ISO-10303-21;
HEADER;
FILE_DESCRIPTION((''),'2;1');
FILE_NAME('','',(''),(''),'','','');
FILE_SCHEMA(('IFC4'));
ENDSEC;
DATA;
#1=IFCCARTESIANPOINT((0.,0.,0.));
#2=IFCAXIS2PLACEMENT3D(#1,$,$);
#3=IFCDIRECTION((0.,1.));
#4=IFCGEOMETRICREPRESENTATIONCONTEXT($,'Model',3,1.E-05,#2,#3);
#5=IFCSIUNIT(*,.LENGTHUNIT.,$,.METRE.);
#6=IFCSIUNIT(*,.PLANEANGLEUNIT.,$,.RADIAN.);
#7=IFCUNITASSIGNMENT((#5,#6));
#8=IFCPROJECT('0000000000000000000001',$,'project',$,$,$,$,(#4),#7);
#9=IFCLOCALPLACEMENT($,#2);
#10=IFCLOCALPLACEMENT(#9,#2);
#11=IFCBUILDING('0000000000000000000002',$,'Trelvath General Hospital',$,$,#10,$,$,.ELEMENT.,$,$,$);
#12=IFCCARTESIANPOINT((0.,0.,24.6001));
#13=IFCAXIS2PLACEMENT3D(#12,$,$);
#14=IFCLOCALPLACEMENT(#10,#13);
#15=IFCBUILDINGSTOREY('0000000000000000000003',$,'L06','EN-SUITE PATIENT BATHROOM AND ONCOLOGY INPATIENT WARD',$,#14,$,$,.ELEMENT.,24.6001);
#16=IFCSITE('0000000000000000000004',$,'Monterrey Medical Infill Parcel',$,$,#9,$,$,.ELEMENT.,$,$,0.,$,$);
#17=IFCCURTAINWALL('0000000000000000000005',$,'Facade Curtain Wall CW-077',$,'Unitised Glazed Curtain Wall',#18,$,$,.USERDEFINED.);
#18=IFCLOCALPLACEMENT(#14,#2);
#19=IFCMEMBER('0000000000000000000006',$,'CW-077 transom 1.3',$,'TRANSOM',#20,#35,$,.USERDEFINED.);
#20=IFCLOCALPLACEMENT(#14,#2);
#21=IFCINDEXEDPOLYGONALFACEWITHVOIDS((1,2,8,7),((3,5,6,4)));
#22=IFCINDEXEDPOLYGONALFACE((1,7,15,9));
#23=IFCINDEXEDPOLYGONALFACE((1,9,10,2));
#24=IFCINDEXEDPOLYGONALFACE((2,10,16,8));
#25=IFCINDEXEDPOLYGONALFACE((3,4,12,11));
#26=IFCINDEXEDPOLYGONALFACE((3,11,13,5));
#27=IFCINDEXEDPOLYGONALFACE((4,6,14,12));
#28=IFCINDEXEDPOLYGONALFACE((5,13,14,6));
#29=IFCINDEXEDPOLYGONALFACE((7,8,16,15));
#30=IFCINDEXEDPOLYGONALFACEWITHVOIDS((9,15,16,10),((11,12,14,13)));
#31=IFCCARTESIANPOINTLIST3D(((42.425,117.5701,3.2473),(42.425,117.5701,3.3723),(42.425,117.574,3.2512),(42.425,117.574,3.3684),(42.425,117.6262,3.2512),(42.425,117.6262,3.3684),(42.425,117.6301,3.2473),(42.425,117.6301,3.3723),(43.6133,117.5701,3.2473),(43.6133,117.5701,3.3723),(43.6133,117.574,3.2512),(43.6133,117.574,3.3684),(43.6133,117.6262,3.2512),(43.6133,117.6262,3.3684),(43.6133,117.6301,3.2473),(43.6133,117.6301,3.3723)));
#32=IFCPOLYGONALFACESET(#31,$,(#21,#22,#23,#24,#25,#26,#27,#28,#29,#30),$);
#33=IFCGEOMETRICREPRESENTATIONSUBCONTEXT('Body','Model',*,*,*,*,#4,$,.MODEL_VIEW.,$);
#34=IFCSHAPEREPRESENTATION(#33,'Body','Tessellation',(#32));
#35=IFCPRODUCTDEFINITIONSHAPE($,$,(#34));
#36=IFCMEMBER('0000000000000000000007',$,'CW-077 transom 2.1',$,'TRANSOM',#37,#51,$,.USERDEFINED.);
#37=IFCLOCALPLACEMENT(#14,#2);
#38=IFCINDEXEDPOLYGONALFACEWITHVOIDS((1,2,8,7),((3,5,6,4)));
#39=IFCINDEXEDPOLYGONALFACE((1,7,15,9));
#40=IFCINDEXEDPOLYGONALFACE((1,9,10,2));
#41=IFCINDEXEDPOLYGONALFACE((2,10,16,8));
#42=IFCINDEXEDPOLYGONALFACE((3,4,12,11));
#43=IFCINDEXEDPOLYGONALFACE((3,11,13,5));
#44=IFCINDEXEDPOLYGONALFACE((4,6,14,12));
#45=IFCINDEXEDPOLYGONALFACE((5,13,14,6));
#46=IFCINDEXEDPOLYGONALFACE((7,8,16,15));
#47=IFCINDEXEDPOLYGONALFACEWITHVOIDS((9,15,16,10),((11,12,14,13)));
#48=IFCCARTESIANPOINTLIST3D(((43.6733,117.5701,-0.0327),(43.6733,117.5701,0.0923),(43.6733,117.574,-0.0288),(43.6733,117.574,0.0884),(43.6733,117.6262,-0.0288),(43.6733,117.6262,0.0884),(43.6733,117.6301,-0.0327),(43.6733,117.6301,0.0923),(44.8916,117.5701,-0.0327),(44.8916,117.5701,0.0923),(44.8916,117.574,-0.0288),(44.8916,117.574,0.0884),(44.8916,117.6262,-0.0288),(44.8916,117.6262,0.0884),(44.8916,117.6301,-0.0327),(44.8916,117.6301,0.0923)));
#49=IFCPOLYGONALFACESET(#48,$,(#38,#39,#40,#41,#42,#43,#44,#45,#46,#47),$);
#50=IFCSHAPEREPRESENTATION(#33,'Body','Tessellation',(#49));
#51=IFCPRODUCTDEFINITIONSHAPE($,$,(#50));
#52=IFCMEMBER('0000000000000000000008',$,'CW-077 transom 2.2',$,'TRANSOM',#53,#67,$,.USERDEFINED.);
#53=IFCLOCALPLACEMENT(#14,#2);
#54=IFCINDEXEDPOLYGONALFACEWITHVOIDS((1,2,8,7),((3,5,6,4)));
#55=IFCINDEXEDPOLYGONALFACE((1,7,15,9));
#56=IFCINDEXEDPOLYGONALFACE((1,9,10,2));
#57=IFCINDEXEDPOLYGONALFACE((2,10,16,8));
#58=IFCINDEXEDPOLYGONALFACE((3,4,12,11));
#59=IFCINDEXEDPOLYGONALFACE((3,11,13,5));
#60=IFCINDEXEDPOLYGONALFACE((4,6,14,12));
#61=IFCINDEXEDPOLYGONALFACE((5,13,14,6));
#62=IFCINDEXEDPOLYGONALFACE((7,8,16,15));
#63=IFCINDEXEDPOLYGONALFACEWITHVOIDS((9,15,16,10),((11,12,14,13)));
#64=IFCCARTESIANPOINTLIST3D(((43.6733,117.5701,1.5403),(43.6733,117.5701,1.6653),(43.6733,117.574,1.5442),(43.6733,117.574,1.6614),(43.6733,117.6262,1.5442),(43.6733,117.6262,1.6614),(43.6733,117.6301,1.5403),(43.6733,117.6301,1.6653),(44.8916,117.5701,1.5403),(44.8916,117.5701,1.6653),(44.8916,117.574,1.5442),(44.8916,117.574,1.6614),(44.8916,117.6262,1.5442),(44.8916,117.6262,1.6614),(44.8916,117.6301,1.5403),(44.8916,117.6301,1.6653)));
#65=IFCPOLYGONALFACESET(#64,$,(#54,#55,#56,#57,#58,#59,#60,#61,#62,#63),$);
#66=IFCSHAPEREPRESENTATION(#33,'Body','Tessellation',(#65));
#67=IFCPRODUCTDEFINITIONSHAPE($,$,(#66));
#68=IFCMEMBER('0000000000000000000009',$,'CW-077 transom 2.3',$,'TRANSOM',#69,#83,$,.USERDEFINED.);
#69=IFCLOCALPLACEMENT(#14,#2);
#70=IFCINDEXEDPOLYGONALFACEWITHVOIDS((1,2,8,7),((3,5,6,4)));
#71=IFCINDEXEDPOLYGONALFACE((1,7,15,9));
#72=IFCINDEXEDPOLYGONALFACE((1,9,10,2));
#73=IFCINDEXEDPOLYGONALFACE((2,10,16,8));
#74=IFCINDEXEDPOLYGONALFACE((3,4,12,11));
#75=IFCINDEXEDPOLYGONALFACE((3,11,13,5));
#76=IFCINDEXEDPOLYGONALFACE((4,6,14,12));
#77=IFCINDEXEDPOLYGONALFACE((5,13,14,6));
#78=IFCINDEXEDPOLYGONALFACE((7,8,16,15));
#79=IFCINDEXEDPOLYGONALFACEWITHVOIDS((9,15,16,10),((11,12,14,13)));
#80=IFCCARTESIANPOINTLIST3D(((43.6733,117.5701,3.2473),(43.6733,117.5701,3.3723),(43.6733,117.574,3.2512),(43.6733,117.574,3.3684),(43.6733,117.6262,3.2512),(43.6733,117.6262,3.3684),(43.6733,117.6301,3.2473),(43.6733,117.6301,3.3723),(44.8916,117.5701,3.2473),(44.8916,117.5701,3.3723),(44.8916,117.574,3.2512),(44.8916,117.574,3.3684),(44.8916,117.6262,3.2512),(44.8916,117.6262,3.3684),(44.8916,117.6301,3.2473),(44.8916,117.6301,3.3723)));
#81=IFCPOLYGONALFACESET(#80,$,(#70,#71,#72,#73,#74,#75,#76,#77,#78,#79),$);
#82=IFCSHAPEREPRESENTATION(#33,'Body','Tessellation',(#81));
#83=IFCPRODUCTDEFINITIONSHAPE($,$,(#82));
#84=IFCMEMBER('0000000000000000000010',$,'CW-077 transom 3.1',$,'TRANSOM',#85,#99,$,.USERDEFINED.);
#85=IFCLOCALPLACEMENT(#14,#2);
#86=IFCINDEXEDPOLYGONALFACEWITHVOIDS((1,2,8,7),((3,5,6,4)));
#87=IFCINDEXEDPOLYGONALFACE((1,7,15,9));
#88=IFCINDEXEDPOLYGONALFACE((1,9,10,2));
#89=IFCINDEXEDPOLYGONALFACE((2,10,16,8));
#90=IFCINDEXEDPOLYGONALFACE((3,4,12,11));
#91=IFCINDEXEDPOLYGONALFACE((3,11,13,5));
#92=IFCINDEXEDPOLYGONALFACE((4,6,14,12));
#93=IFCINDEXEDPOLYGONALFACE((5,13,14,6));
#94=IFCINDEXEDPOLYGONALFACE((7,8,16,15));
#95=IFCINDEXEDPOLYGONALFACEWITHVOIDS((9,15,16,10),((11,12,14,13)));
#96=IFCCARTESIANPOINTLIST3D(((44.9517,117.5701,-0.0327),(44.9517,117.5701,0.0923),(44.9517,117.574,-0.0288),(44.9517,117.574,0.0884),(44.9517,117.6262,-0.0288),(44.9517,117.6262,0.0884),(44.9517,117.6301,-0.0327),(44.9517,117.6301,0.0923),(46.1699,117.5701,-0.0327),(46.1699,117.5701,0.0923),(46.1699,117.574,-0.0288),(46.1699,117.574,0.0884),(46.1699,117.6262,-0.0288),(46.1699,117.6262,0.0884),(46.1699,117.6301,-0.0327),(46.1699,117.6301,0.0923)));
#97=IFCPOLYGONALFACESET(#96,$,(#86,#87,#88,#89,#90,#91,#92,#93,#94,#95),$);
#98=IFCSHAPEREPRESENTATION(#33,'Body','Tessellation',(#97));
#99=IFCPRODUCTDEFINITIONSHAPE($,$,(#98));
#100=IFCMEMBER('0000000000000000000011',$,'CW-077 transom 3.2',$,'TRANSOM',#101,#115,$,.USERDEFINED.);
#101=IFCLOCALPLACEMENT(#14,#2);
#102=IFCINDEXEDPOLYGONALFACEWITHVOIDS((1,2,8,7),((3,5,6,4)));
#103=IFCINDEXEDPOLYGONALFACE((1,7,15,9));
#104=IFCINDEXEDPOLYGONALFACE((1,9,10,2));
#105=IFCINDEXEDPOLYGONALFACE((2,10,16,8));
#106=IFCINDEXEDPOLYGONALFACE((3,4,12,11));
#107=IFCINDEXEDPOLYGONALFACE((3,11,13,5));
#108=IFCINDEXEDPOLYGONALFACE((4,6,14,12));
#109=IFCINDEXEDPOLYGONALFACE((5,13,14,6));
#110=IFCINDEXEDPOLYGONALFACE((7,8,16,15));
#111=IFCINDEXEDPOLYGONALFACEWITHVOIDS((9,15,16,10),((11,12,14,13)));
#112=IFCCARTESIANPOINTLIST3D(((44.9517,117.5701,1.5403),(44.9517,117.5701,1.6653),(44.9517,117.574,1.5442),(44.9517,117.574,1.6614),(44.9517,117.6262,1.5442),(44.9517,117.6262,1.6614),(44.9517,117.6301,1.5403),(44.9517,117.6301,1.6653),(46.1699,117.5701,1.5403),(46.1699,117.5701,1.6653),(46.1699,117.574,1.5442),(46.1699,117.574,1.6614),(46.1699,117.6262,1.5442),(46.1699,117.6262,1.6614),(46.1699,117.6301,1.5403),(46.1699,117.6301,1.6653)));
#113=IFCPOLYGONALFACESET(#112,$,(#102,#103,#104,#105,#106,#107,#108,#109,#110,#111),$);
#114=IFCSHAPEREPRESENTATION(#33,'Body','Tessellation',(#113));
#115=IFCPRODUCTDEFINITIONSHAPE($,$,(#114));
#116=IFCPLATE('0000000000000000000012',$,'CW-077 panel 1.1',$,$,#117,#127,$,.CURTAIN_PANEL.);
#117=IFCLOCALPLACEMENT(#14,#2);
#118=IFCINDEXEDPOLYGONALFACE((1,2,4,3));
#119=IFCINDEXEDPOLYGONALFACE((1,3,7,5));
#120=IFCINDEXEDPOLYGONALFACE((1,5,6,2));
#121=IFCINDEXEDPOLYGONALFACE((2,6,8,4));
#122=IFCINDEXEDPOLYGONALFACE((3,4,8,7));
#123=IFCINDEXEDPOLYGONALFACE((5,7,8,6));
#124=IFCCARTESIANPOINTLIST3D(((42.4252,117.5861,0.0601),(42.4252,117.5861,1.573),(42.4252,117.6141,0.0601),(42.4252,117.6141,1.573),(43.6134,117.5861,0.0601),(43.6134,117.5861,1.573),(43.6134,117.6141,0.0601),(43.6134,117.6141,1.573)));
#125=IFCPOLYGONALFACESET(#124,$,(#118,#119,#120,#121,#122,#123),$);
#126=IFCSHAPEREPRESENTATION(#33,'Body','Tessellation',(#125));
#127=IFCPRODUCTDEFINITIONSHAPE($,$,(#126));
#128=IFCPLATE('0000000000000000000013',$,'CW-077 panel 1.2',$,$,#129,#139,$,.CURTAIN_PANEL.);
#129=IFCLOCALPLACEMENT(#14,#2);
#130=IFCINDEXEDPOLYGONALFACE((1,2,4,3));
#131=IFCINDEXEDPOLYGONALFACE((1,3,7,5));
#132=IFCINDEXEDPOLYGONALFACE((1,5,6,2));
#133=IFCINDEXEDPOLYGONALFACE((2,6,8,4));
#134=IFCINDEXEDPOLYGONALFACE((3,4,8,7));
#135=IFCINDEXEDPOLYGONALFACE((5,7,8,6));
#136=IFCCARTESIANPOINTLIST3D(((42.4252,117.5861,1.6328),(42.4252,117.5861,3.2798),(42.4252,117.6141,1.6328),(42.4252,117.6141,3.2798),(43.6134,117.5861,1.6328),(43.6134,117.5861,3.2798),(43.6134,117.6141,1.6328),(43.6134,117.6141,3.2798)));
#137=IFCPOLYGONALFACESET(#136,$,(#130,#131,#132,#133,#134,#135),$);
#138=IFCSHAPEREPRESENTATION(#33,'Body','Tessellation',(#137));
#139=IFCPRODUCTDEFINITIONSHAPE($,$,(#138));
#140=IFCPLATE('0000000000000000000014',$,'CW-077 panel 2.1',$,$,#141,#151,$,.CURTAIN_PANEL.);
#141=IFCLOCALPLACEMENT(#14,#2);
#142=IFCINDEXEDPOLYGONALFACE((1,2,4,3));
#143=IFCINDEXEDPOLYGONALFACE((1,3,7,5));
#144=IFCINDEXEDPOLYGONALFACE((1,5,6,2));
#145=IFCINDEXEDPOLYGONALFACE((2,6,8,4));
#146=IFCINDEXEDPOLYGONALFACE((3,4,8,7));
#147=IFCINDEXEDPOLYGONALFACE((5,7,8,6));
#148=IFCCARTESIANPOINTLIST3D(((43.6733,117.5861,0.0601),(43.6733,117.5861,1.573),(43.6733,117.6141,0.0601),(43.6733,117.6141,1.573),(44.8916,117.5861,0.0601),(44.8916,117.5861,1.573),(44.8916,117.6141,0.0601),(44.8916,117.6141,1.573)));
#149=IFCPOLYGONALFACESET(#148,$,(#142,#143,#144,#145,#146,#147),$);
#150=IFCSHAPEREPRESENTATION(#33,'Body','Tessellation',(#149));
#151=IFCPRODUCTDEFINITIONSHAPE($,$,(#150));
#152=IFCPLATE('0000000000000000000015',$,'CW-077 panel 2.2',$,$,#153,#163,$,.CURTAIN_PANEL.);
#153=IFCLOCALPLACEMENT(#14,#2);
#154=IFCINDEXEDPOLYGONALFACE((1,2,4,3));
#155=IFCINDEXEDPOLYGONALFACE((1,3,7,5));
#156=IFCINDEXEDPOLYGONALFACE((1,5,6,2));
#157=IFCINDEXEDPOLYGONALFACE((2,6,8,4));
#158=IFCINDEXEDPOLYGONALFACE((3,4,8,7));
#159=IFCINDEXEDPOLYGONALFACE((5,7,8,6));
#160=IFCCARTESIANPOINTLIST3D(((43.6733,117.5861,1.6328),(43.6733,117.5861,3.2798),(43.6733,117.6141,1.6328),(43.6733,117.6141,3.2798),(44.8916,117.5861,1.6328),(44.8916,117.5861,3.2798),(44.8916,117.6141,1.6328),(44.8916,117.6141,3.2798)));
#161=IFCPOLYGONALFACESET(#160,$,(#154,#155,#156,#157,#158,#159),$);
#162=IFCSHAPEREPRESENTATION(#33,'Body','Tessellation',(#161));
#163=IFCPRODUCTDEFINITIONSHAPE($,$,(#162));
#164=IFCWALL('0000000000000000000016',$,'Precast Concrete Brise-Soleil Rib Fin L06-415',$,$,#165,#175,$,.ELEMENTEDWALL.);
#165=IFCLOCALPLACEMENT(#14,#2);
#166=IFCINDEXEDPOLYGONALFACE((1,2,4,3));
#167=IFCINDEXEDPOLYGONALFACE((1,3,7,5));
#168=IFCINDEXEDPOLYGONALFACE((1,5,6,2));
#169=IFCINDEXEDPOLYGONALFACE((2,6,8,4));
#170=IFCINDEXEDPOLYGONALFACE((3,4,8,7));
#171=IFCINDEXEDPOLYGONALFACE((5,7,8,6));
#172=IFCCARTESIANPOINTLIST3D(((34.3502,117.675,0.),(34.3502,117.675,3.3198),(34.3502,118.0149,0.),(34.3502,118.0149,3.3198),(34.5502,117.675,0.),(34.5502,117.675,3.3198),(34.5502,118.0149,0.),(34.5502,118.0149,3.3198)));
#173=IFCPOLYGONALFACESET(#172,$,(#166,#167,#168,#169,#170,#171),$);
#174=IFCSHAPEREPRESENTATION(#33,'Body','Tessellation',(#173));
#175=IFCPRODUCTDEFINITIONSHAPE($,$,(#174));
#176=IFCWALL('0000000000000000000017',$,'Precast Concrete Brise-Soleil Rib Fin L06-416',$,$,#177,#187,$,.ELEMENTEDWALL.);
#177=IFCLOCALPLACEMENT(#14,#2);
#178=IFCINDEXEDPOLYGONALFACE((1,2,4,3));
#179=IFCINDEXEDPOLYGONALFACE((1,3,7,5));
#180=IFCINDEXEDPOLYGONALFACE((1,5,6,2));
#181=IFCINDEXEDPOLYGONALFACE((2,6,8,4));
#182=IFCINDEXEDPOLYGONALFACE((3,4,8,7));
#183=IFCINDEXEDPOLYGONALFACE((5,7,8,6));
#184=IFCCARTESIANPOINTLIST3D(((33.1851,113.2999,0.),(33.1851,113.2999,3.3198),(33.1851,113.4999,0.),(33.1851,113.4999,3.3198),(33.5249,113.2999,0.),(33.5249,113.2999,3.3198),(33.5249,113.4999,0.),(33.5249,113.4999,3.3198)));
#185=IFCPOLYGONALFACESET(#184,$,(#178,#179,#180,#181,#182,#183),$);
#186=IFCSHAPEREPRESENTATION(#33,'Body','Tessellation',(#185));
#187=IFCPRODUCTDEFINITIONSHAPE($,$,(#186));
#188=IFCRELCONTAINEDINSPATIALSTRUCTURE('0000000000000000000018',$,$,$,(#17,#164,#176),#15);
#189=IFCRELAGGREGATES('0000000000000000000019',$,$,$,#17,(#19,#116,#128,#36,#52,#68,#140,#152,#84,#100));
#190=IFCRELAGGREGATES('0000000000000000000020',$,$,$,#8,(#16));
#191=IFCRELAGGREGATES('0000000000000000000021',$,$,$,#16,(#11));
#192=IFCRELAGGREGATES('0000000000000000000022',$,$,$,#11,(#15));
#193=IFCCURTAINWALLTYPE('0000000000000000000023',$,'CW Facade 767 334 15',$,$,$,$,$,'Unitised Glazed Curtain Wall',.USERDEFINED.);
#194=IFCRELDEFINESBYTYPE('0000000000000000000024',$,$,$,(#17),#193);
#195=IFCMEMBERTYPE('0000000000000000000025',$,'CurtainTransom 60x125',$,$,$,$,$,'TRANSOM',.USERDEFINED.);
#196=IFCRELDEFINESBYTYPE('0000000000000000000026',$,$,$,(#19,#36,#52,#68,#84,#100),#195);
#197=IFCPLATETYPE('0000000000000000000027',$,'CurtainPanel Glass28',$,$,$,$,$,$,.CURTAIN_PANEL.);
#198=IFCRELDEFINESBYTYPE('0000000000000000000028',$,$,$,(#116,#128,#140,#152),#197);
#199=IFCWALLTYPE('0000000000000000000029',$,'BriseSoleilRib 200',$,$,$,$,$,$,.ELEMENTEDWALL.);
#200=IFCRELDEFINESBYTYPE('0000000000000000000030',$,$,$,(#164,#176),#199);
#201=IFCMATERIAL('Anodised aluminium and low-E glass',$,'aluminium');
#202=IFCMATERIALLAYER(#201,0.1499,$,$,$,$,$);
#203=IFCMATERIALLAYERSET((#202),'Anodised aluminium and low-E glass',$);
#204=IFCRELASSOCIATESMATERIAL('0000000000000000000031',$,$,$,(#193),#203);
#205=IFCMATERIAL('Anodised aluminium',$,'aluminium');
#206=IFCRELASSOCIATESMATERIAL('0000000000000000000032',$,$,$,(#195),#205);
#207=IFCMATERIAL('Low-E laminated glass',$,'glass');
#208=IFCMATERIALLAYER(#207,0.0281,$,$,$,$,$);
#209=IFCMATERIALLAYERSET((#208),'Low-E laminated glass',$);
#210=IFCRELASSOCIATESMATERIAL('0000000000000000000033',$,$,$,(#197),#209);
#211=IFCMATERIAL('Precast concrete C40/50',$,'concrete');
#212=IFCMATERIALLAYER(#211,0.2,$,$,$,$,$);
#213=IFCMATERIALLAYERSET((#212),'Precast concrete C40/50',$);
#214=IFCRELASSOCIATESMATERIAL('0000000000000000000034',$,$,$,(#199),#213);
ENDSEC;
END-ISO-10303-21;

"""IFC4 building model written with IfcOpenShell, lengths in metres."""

from ifc_helpers import new_model, si_unit, direction, frame, frame_2d, origin, origin_2d, place, context, subcontext, project, spatial, rectangle, hollow_rectangle, extrude, material, layer, layer_set, material_profile, profile_set, type_object, element, aggregate, save


model = new_model("IFC4")

# Units and contexts
model_context = context("Model", 3, precision=1e-05, world=origin(), true_north=direction((0.0, 1.0)))
body_context = subcontext(model_context, "Body", "Model", "MODEL_VIEW")
ifc_project = project(units=[si_unit("LENGTHUNIT", "METRE"), si_unit("PLANEANGLEUNIT", "RADIAN")], contexts=[model_context])

# Site, building, storey
site_placement = place(None, origin())
site = spatial("IfcSite", under=ifc_project, at=site_placement, Name="Monterrey Medical Infill Parcel", CompositionType="ELEMENT", RefElevation=0.0)
building_placement = place(site_placement, origin())
building = spatial("IfcBuilding", under=site, at=building_placement, Name="Trelvath General Hospital", CompositionType="ELEMENT")
storey_placement = place(building_placement, frame((0.0, 0.0, 24.6001)))
storey = spatial("IfcBuildingStorey", under=building, at=storey_placement, Name="L06", Description="EN-SUITE PATIENT BATHROOM AND ONCOLOGY INPATIENT WARD", CompositionType="ELEMENT", Elevation=24.6001)

# Curtain wall, members, plates
ifc_material_1 = material(Name="Anodised aluminium and low-E glass", Category="aluminium")
ifc_layer_1 = layer(ifc_material_1, 0.1499)
ifc_layer_set_1 = layer_set([ifc_layer_1], Name="Anodised aluminium and low-E glass")
curtain_wall_type = type_object("IfcCurtainWallType", Name="CW Facade 767 334 15", ElementType="Unitised Glazed Curtain Wall", PredefinedType="USERDEFINED", material=ifc_layer_set_1)
curtain_wall_placement = place(storey_placement, origin())
curtain_wall = element("IfcCurtainWall", 1, at=curtain_wall_placement, inside=storey, type_object=curtain_wall_type, Name="Facade Curtain Wall CW-077", ObjectType="Unitised Glazed Curtain Wall", PredefinedType="USERDEFINED")
ifc_material_2 = material(Name="Anodised aluminium", Category="aluminium")
ifc_material_profile_1 = material_profile(ifc_material_2, hollow_rectangle(XDim=0.0601, YDim=0.125, WallThickness=0.0039, at=origin_2d()), Name="RHS60x125x4")
ifc_profile_set_1 = profile_set([ifc_material_profile_1], Name="Anodised aluminium")
member_type_1 = type_object("IfcMemberType", Name="CurtainTransom 60x125", ElementType="TRANSOM", PredefinedType="USERDEFINED", material=ifc_profile_set_1)
member_1_placement = place(storey_placement, frame((42.425, 117.6001, 3.3098), z_axis=(1.0, 0.0, 0.0), x_axis=(0.0, 1.0, 0.0)))
member_1 = element("IfcMember", 2, at=member_1_placement, type_object=member_type_1, Name="CW-077 transom 1.3", ObjectType="TRANSOM", PredefinedType="USERDEFINED", context=body_context, shape_type="SweptSolid", body=[
    extrude(hollow_rectangle(XDim=0.0601, YDim=0.125, WallThickness=0.0039, at=origin_2d()), origin(), (0.0, 0.0, 1.0), 1.1882),
])
member_2_placement = place(storey_placement, frame((43.6733, 117.6001, 0.0298), z_axis=(1.0, 0.0, 0.0), x_axis=(0.0, 1.0, 0.0)))
member_2 = element("IfcMember", 3, at=member_2_placement, type_object=member_type_1, Name="CW-077 transom 2.1", ObjectType="TRANSOM", PredefinedType="USERDEFINED", context=body_context, shape_type="SweptSolid", body=[
    extrude(hollow_rectangle(XDim=0.0601, YDim=0.125, WallThickness=0.0039, at=origin_2d()), origin(), (0.0, 0.0, 1.0), 1.2183),
])
member_3_placement = place(storey_placement, frame((43.6733, 117.6001, 1.6028), z_axis=(1.0, 0.0, 0.0), x_axis=(0.0, 1.0, 0.0)))
member_3 = element("IfcMember", 4, at=member_3_placement, type_object=member_type_1, Name="CW-077 transom 2.2", ObjectType="TRANSOM", PredefinedType="USERDEFINED", context=body_context, shape_type="SweptSolid", body=[
    extrude(hollow_rectangle(XDim=0.0601, YDim=0.125, WallThickness=0.0039, at=origin_2d()), origin(), (0.0, 0.0, 1.0), 1.2183),
])
member_4_placement = place(storey_placement, frame((43.6733, 117.6001, 3.3098), z_axis=(1.0, 0.0, 0.0), x_axis=(0.0, 1.0, 0.0)))
member_4 = element("IfcMember", 5, at=member_4_placement, type_object=member_type_1, Name="CW-077 transom 2.3", ObjectType="TRANSOM", PredefinedType="USERDEFINED", context=body_context, shape_type="SweptSolid", body=[
    extrude(hollow_rectangle(XDim=0.0601, YDim=0.125, WallThickness=0.0039, at=origin_2d()), origin(), (0.0, 0.0, 1.0), 1.2183),
])
member_5_placement = place(storey_placement, frame((44.9517, 117.6001, 0.0298), z_axis=(1.0, 0.0, 0.0), x_axis=(0.0, 1.0, 0.0)))
member_5 = element("IfcMember", 6, at=member_5_placement, type_object=member_type_1, Name="CW-077 transom 3.1", ObjectType="TRANSOM", PredefinedType="USERDEFINED", context=body_context, shape_type="SweptSolid", body=[
    extrude(hollow_rectangle(XDim=0.0601, YDim=0.125, WallThickness=0.0039, at=origin_2d()), origin(), (0.0, 0.0, 1.0), 1.2183),
])
member_6_placement = place(storey_placement, frame((44.9517, 117.6001, 1.6028), z_axis=(1.0, 0.0, 0.0), x_axis=(0.0, 1.0, 0.0)))
member_6 = element("IfcMember", 7, at=member_6_placement, type_object=member_type_1, Name="CW-077 transom 3.2", ObjectType="TRANSOM", PredefinedType="USERDEFINED", context=body_context, shape_type="SweptSolid", body=[
    extrude(hollow_rectangle(XDim=0.0601, YDim=0.125, WallThickness=0.0039, at=origin_2d()), origin(), (0.0, 0.0, 1.0), 1.2183),
])
ifc_material_3 = material(Name="Low-E laminated glass", Category="glass")
ifc_layer_2 = layer(ifc_material_3, 0.0281)
ifc_layer_set_2 = layer_set([ifc_layer_2], Name="Low-E laminated glass")
plate_type = type_object("IfcPlateType", Name="CurtainPanel Glass28", PredefinedType="CURTAIN_PANEL", material=ifc_layer_set_2)
plate_1_placement = place(storey_placement, frame((43.0193, 117.6001, 0.0601), z_axis=(0.0, 0.0, 1.0), x_axis=(1.0, 0.0, 0.0)))
plate_1 = element("IfcPlate", 8, at=plate_1_placement, type_object=plate_type, Name="CW-077 panel 1.1", PredefinedType="CURTAIN_PANEL", context=body_context, shape_type="SweptSolid", body=[
    extrude(rectangle(XDim=1.1882, YDim=0.0281, at=origin_2d()), origin(), (0.0, 0.0, 1.0), 1.5129),
])
plate_2_placement = place(storey_placement, frame((43.0193, 117.6001, 1.6328), z_axis=(0.0, 0.0, 1.0), x_axis=(1.0, 0.0, 0.0)))
plate_2 = element("IfcPlate", 9, at=plate_2_placement, type_object=plate_type, Name="CW-077 panel 1.2", PredefinedType="CURTAIN_PANEL", context=body_context, shape_type="SweptSolid", body=[
    extrude(rectangle(XDim=1.1882, YDim=0.0281, at=origin_2d()), origin(), (0.0, 0.0, 1.0), 1.647),
])
plate_3_placement = place(storey_placement, frame((44.2825, 117.6001, 0.0601), z_axis=(0.0, 0.0, 1.0), x_axis=(1.0, 0.0, 0.0)))
plate_3 = element("IfcPlate", 10, at=plate_3_placement, type_object=plate_type, Name="CW-077 panel 2.1", PredefinedType="CURTAIN_PANEL", context=body_context, shape_type="SweptSolid", body=[
    extrude(rectangle(XDim=1.2183, YDim=0.0281, at=origin_2d()), origin(), (0.0, 0.0, 1.0), 1.5129),
])
plate_4_placement = place(storey_placement, frame((44.2825, 117.6001, 1.6328), z_axis=(0.0, 0.0, 1.0), x_axis=(1.0, 0.0, 0.0)))
plate_4 = element("IfcPlate", 11, at=plate_4_placement, type_object=plate_type, Name="CW-077 panel 2.2", PredefinedType="CURTAIN_PANEL", context=body_context, shape_type="SweptSolid", body=[
    extrude(rectangle(XDim=1.2183, YDim=0.0281, at=origin_2d()), origin(), (0.0, 0.0, 1.0), 1.647),
])
aggregate(curtain_wall, [member_1, plate_1, plate_2, member_2, member_3, member_4, plate_3, plate_4, member_5, member_6])

# Walls
ifc_material_4 = material(Name="Precast concrete C40/50", Category="concrete")
ifc_layer_3 = layer(ifc_material_4, 0.2)
ifc_layer_set_3 = layer_set([ifc_layer_3], Name="Precast concrete C40/50")
wall_type_1 = type_object("IfcWallType", Name="BriseSoleilRib 200", PredefinedType="ELEMENTEDWALL", material=ifc_layer_set_3)
for number, where, z_axis, x_axis, name in (
    (12, (34.4502, 117.675, 0.0), (0.0, 0.0, 1.0), (0.0, 1.0, 0.0), "Precast Concrete Brise-Soleil Rib Fin L06-415"),
    (13, (33.5249, 113.3999, 0.0), (0.0, 0.0, 1.0), (-1.0, 0.0, 0.0), "Precast Concrete Brise-Soleil Rib Fin L06-416"),
):
    element("IfcWall", number, at=place(storey_placement, frame(where, z_axis=z_axis, x_axis=x_axis)), inside=storey, type_object=wall_type_1, Name=name, PredefinedType="ELEMENTEDWALL", context=body_context, shape_type="SweptSolid", body=[
        extrude(rectangle(XDim=0.3398, YDim=0.2, at=frame_2d((0.1699, 0.0))), origin(), (0.0, 0.0, 1.0), 3.3198),
    ])

save(model, "model.ifc")
